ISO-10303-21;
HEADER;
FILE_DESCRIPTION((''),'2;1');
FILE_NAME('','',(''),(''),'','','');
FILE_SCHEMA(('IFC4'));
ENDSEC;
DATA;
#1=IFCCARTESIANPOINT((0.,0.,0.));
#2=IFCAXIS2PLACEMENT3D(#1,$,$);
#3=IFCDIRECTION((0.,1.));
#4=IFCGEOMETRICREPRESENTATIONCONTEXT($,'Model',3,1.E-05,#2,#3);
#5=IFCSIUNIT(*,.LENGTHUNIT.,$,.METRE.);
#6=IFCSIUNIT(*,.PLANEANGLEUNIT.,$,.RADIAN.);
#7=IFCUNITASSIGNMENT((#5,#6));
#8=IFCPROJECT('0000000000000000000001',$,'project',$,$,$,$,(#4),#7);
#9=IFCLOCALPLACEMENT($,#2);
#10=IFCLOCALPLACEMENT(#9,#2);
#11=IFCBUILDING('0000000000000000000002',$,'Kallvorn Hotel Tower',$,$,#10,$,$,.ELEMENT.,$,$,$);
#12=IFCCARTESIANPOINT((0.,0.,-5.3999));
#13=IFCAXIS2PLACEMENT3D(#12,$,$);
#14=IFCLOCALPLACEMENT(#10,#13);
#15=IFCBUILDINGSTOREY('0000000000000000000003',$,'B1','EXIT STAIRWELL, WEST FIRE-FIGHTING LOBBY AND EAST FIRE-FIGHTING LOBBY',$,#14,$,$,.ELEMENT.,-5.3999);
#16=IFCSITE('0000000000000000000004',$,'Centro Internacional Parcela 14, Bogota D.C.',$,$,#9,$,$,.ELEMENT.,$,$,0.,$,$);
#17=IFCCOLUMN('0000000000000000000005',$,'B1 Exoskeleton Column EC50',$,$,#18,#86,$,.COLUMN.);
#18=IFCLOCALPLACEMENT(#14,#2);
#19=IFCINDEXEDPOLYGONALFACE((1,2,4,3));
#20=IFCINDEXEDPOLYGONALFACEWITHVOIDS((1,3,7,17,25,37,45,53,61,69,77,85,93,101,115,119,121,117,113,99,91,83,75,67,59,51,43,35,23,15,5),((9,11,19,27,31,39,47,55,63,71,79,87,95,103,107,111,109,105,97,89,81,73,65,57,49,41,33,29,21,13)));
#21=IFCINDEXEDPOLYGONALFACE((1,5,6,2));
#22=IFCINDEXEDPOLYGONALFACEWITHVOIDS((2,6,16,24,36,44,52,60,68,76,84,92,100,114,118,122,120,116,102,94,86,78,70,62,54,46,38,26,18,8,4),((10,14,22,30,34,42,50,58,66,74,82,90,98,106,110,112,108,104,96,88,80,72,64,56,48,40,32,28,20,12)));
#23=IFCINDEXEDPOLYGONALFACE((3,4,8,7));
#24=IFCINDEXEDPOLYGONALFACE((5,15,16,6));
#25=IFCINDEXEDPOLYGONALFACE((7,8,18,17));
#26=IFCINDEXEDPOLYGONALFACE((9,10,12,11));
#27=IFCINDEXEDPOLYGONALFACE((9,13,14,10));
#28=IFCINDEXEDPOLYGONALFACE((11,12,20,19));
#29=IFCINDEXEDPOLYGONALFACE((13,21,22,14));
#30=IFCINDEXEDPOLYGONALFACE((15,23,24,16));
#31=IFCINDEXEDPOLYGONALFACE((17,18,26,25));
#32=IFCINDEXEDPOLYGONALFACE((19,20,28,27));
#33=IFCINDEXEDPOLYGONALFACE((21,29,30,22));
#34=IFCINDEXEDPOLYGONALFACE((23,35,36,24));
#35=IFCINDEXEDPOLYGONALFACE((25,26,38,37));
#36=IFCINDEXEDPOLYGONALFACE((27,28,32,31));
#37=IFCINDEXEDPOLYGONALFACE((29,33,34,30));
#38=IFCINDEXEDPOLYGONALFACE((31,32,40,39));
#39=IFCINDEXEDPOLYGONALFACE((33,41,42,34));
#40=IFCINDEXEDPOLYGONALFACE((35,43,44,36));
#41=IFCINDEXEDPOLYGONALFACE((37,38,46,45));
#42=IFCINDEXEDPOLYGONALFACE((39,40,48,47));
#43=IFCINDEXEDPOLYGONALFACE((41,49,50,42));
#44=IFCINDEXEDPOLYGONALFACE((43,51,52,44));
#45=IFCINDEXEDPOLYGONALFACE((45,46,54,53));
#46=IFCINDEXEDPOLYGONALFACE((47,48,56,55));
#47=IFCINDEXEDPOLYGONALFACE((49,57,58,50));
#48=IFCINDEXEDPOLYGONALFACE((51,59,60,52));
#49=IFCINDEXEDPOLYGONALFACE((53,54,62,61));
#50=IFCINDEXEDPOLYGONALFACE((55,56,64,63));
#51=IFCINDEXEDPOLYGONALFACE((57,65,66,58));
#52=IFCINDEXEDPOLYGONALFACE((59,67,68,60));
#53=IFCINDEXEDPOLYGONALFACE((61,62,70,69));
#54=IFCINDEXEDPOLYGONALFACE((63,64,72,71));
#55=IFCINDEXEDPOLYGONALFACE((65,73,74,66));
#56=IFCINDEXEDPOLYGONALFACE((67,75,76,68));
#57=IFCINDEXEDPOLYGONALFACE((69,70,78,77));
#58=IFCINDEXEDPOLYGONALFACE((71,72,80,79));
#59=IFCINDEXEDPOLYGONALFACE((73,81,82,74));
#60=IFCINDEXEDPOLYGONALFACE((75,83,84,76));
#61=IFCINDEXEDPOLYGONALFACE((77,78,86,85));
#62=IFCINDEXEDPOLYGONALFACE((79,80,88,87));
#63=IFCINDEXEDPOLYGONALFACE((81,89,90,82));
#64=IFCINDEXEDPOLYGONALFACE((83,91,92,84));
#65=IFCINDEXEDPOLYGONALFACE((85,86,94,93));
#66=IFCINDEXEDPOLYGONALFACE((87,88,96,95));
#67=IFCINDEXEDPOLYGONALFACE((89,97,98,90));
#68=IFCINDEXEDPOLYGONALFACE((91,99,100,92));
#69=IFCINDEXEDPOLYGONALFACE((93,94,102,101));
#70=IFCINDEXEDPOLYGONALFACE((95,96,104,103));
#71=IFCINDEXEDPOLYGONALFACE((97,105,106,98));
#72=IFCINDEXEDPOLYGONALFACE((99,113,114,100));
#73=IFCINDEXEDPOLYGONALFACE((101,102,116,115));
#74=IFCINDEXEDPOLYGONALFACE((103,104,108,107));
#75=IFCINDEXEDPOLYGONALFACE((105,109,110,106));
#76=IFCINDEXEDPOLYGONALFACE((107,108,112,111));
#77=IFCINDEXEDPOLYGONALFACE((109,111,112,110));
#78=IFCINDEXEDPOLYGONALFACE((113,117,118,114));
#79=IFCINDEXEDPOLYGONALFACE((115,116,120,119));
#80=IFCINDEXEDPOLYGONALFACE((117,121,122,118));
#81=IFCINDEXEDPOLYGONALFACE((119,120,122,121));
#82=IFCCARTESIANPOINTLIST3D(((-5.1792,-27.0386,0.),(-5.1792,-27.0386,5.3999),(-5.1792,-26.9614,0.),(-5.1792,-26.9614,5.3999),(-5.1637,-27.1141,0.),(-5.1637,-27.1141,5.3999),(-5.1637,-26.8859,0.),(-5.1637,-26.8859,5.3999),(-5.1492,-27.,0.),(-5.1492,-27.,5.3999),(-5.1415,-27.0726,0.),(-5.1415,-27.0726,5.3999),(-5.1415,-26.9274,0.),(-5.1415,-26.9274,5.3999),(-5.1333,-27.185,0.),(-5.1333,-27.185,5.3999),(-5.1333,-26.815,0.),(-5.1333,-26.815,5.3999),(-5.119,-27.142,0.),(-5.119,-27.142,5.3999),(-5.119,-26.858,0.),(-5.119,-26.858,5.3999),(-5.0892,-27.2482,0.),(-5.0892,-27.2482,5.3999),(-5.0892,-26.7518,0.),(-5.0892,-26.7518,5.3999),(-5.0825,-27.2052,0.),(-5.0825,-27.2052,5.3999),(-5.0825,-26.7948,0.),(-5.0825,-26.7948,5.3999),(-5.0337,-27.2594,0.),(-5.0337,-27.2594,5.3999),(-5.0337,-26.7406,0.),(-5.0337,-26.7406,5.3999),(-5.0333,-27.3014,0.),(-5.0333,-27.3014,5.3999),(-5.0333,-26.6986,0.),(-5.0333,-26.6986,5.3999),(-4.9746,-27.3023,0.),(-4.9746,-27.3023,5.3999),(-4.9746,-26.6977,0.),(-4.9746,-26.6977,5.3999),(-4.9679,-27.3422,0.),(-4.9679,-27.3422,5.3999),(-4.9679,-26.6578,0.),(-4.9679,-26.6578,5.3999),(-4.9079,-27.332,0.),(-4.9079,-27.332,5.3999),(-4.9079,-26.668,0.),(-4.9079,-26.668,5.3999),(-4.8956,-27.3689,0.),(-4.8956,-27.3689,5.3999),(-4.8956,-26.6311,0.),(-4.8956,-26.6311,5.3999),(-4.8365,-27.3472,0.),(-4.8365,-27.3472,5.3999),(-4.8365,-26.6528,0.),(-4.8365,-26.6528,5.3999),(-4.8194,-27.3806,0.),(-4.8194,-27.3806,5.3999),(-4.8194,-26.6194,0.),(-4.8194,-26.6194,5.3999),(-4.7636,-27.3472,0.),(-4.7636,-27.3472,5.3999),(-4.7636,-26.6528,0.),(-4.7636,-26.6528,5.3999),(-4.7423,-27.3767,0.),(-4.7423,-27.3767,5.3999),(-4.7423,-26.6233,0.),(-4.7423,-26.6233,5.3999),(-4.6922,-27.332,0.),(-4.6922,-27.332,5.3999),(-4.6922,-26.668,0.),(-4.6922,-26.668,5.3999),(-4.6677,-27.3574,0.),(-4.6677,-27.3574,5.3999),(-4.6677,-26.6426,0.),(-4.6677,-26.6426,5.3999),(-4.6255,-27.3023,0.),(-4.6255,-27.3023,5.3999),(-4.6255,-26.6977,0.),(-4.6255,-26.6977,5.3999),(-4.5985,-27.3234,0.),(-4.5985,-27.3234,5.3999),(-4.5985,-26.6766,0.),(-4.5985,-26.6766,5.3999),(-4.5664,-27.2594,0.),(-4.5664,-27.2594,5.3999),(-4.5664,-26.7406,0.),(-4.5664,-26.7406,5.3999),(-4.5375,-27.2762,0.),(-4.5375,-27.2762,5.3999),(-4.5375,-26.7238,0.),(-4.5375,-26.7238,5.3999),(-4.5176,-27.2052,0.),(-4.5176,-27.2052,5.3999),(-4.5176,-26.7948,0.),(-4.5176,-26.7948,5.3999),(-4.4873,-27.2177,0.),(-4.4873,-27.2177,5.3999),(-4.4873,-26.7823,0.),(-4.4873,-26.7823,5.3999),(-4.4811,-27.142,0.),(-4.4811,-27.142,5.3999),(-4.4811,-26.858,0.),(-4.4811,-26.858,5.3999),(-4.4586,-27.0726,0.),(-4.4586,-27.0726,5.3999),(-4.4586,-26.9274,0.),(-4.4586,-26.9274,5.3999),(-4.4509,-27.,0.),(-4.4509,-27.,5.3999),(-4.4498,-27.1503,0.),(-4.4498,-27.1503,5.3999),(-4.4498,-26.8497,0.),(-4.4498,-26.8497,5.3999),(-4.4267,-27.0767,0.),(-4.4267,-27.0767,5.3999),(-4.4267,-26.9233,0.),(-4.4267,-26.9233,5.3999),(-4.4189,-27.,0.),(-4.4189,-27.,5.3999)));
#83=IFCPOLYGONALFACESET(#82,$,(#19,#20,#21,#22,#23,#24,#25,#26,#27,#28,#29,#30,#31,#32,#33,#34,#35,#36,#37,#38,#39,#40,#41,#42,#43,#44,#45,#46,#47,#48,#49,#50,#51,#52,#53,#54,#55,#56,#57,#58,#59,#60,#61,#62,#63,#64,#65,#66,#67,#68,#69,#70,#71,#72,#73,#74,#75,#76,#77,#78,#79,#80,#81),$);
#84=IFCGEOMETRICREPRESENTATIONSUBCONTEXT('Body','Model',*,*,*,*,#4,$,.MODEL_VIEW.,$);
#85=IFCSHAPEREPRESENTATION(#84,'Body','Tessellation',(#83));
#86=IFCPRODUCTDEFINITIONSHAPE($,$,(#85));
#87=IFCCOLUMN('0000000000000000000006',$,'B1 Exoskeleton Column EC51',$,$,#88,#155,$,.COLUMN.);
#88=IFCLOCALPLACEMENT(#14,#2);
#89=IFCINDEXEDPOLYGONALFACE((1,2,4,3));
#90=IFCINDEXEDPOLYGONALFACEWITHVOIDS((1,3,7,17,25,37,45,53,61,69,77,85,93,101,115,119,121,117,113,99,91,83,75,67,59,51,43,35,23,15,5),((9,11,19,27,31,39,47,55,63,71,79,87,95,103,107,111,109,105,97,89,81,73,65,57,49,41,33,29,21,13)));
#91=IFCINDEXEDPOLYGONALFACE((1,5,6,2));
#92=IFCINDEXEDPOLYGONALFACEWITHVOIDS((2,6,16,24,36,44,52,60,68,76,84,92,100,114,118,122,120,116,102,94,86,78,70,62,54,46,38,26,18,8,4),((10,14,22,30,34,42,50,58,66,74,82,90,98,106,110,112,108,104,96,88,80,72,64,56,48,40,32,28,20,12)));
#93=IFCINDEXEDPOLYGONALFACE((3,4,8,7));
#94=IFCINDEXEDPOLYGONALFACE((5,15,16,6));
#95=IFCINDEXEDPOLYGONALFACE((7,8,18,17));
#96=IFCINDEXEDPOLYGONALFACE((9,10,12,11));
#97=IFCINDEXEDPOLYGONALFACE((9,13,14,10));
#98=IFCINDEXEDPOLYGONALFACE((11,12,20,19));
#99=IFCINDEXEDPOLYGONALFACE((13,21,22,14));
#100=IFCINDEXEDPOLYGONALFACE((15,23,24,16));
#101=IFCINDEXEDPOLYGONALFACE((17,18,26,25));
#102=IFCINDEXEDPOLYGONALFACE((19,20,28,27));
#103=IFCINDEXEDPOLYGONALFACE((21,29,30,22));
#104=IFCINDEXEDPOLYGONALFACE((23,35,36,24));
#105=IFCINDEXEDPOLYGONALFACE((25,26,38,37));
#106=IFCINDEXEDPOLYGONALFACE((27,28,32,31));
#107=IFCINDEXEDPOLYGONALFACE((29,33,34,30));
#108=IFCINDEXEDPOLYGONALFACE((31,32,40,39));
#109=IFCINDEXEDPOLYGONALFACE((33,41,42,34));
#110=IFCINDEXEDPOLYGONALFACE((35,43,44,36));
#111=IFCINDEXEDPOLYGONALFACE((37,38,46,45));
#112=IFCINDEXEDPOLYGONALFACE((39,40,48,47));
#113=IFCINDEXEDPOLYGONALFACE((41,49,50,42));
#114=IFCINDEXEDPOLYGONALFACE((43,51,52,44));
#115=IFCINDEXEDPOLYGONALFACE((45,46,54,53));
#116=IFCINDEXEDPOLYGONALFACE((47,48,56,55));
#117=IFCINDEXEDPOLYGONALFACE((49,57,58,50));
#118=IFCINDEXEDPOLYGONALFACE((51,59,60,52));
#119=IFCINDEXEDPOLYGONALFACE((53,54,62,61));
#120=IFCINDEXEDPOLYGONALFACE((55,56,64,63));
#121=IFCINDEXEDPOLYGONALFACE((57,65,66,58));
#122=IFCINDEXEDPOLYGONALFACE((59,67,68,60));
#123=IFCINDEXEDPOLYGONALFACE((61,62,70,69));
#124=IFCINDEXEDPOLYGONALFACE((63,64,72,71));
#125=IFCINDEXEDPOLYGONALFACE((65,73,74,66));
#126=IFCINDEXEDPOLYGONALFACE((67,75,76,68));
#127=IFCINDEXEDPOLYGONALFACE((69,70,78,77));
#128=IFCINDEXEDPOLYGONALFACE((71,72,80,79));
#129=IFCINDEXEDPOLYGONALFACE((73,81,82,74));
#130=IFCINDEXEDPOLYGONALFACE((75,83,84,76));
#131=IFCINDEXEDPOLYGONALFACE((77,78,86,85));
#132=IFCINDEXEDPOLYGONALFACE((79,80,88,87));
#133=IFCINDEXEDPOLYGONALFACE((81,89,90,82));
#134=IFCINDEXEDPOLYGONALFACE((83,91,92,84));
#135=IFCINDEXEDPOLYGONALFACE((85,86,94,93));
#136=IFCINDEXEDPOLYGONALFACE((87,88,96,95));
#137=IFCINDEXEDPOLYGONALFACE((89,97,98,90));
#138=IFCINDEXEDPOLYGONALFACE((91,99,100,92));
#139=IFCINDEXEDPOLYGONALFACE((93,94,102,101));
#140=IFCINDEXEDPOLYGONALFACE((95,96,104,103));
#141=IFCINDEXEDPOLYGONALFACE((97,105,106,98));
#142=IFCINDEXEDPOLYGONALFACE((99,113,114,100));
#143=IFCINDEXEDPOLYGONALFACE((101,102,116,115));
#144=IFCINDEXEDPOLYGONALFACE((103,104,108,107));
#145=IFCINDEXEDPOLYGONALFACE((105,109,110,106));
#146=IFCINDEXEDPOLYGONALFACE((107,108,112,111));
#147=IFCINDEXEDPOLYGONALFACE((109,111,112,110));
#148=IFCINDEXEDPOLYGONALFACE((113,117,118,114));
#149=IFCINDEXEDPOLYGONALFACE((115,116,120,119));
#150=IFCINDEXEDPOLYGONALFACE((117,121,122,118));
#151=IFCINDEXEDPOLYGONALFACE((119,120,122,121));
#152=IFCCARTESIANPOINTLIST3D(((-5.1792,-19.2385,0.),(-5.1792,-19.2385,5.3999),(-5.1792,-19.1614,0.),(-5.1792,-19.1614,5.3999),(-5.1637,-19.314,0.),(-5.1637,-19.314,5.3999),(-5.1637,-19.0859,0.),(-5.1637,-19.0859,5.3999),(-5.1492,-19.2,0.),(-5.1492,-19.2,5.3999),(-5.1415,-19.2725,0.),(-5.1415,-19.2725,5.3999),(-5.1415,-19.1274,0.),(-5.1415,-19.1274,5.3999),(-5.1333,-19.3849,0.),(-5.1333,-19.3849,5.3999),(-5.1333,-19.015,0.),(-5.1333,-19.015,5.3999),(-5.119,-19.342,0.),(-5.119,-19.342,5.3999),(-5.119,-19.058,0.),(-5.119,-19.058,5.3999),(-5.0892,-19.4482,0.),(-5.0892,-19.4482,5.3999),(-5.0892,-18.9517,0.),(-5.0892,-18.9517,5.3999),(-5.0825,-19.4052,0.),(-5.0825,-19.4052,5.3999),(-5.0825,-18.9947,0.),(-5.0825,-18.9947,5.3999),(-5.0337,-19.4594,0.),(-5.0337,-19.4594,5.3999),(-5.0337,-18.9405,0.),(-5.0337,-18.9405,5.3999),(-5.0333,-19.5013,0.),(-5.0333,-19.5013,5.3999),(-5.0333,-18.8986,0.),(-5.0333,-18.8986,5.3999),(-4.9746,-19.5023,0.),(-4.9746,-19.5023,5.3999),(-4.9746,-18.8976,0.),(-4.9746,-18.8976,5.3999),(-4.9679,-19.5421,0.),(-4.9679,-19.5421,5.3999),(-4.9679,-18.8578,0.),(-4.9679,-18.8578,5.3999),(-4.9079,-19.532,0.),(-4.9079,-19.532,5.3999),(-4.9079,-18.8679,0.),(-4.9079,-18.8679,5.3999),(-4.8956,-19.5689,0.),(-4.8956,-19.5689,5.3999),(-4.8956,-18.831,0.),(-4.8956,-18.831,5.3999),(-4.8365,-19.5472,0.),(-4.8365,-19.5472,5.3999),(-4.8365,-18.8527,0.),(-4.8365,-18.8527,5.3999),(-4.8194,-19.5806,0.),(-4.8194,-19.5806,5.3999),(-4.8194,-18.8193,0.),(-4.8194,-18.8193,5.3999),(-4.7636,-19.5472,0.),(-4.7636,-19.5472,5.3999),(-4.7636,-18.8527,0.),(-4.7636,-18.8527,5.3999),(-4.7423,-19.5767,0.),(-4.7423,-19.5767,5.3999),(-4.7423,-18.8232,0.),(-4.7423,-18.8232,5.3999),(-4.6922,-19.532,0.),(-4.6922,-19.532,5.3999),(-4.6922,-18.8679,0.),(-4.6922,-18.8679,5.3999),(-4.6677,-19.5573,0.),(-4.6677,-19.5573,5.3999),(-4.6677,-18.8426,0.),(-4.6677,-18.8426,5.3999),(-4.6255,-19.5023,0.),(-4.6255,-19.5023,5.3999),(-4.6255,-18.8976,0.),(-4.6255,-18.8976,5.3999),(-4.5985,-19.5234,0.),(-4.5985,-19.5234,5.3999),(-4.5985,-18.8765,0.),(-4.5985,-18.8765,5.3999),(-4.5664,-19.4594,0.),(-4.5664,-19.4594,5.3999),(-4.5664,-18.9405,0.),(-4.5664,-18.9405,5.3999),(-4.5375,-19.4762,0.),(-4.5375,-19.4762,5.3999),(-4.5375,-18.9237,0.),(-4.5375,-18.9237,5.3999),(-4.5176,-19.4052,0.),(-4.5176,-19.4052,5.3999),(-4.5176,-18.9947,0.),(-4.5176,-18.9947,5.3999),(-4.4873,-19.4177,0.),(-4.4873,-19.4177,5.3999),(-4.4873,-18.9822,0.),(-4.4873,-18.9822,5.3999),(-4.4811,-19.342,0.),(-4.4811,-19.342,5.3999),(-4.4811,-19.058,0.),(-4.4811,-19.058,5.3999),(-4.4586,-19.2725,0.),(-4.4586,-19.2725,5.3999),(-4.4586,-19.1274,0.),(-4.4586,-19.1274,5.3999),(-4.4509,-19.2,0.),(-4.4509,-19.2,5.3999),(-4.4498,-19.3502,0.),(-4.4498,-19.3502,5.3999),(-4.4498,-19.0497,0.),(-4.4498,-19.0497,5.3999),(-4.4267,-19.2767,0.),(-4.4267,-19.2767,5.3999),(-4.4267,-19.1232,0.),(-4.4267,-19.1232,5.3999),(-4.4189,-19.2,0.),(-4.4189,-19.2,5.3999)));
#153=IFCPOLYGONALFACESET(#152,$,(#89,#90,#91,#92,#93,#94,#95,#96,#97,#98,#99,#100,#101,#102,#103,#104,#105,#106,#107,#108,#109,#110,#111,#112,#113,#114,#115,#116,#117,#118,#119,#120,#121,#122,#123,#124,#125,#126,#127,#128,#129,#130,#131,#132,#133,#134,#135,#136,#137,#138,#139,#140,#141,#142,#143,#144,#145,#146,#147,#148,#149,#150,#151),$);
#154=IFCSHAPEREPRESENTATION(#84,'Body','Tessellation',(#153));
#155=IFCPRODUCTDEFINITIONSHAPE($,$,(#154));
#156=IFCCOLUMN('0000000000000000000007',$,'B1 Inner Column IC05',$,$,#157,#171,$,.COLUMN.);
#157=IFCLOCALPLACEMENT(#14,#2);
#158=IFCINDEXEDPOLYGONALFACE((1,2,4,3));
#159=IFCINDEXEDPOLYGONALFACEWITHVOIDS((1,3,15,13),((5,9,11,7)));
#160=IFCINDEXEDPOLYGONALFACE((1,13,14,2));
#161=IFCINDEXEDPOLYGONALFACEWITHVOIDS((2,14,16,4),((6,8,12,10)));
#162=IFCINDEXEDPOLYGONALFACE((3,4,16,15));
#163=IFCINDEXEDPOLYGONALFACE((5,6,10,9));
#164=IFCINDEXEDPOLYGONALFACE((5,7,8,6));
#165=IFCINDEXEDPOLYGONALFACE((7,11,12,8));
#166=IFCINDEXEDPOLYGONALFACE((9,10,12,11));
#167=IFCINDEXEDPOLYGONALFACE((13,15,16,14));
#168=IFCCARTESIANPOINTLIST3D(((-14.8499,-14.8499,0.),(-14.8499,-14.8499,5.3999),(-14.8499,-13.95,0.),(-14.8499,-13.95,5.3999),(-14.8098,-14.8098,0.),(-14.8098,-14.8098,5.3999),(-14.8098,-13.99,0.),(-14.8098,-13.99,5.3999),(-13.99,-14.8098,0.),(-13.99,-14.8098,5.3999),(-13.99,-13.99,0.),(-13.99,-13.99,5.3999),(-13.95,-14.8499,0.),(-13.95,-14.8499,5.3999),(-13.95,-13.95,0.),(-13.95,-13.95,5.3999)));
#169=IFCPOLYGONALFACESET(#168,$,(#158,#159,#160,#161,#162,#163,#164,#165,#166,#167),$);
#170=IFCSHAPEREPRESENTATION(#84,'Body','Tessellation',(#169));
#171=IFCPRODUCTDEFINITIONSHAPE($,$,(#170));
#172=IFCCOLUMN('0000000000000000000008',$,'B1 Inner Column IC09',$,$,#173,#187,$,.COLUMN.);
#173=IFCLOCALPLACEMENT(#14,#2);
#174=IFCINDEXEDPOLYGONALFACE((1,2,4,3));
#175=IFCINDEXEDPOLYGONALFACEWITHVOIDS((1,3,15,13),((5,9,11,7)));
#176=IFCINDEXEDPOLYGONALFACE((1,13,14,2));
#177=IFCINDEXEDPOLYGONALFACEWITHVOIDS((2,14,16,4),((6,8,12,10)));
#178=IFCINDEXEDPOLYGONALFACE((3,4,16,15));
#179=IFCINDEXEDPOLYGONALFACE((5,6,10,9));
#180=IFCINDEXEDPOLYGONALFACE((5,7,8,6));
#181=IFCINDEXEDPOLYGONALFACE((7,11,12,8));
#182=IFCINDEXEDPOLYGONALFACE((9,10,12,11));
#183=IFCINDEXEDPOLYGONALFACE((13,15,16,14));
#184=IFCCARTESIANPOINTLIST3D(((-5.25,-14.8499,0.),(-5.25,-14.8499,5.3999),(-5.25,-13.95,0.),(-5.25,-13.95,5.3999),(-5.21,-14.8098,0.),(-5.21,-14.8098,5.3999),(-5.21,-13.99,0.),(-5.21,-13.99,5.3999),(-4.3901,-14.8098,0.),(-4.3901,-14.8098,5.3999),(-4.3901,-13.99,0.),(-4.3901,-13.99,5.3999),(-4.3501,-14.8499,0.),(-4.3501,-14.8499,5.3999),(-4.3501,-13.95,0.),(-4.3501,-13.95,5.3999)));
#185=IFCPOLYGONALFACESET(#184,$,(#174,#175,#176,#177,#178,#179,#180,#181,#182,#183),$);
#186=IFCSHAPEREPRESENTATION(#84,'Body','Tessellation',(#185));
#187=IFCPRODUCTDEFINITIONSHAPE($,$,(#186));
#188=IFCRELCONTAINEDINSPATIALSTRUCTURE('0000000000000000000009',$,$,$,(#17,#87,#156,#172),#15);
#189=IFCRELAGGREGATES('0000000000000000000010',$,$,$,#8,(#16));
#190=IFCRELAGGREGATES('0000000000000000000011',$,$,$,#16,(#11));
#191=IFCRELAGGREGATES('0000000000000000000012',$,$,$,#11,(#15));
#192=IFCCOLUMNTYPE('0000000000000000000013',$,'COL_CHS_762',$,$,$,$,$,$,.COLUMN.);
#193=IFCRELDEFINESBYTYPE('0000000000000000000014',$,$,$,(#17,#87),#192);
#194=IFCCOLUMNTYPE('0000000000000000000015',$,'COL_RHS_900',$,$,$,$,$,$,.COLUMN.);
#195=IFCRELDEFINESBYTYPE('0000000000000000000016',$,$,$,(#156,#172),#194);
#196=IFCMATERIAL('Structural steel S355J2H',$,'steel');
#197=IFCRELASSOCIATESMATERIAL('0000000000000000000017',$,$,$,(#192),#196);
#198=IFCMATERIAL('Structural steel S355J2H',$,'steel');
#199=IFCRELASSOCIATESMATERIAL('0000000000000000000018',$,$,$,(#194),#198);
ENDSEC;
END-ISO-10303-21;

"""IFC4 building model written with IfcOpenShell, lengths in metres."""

from ifc_helpers import new_model, si_unit, direction, frame, origin, origin_2d, place, context, subcontext, project, spatial, hollow_rectangle, hollow_circle, extrude, material, material_profile, profile_set, type_object, element, save


model = new_model("IFC4")

# Units and contexts
model_context = context("Model", 3, precision=1e-05, world=origin(), true_north=direction((0.0, 1.0)))
body_context = subcontext(model_context, "Body", "Model", "MODEL_VIEW")
ifc_project = project(units=[si_unit("LENGTHUNIT", "METRE"), si_unit("PLANEANGLEUNIT", "RADIAN")], contexts=[model_context])

# Site, building, storey
site_placement = place(None, origin())
site = spatial("IfcSite", under=ifc_project, at=site_placement, Name="Centro Internacional Parcela 14, Bogota D.C.", CompositionType="ELEMENT", RefElevation=0.0)
building_placement = place(site_placement, origin())
building = spatial("IfcBuilding", under=site, at=building_placement, Name="Kallvorn Hotel Tower", CompositionType="ELEMENT")
storey_placement = place(building_placement, frame((0.0, 0.0, -5.3999)))
storey = spatial("IfcBuildingStorey", under=building, at=storey_placement, Name="B1", Description="EXIT STAIRWELL, WEST FIRE-FIGHTING LOBBY AND EAST FIRE-FIGHTING LOBBY", CompositionType="ELEMENT", Elevation=-5.3999)

# Columns
ifc_material_1 = material(Name="Structural steel S355J2H", Category="steel")
ifc_material_profile_1 = material_profile(ifc_material_1, hollow_circle(Radius=0.3811, WallThickness=0.032, at=origin_2d()), Name="CHS 762x32")
ifc_profile_set_1 = profile_set([ifc_material_profile_1], Name="Structural steel S355J2H")
column_type_1 = type_object("IfcColumnType", Name="COL_CHS_762", PredefinedType="COLUMN", material=ifc_profile_set_1)
for number, where, z_axis, x_axis, name in (
    (1, (-4.8, -27.0, 0.0), (0.0, 0.0, 1.0), (1.0, 0.0, 0.0), "B1 Exoskeleton Column EC50"),
    (2, (-4.8, -19.2, 0.0), (0.0, 0.0, 1.0), (1.0, 0.0, 0.0), "B1 Exoskeleton Column EC51"),
):
    element("IfcColumn", number, at=place(storey_placement, frame(where, z_axis=z_axis, x_axis=x_axis)), inside=storey, type_object=column_type_1, Name=name, PredefinedType="COLUMN", context=body_context, shape_type="SweptSolid", body=[
        extrude(hollow_circle(Radius=0.3811, WallThickness=0.032, at=origin_2d()), origin(), (0.0, 0.0, 1.0), 5.3999),
    ])
ifc_material_2 = material(Name="Structural steel S355J2H", Category="steel")
ifc_material_profile_2 = material_profile(ifc_material_2, hollow_rectangle(XDim=0.8999, YDim=0.8999, WallThickness=0.04, at=origin_2d()), Name="RHS 900x900x40")
ifc_profile_set_2 = profile_set([ifc_material_profile_2], Name="Structural steel S355J2H")
column_type_2 = type_object("IfcColumnType", Name="COL_RHS_900", PredefinedType="COLUMN", material=ifc_profile_set_2)
for number, where, z_axis, x_axis, name in (
    (3, (-14.3999, -14.3999, 0.0), (0.0, 0.0, 1.0), (1.0, 0.0, 0.0), "B1 Inner Column IC05"),
    (4, (-4.8, -14.3999, 0.0), (0.0, 0.0, 1.0), (1.0, 0.0, 0.0), "B1 Inner Column IC09"),
):
    element("IfcColumn", number, at=place(storey_placement, frame(where, z_axis=z_axis, x_axis=x_axis)), inside=storey, type_object=column_type_2, Name=name, PredefinedType="COLUMN", context=body_context, shape_type="SweptSolid", body=[
        extrude(hollow_rectangle(XDim=0.8999, YDim=0.8999, WallThickness=0.04, at=origin_2d()), origin(), (0.0, 0.0, 1.0), 5.3999),
    ])

save(model, "model.ifc")
